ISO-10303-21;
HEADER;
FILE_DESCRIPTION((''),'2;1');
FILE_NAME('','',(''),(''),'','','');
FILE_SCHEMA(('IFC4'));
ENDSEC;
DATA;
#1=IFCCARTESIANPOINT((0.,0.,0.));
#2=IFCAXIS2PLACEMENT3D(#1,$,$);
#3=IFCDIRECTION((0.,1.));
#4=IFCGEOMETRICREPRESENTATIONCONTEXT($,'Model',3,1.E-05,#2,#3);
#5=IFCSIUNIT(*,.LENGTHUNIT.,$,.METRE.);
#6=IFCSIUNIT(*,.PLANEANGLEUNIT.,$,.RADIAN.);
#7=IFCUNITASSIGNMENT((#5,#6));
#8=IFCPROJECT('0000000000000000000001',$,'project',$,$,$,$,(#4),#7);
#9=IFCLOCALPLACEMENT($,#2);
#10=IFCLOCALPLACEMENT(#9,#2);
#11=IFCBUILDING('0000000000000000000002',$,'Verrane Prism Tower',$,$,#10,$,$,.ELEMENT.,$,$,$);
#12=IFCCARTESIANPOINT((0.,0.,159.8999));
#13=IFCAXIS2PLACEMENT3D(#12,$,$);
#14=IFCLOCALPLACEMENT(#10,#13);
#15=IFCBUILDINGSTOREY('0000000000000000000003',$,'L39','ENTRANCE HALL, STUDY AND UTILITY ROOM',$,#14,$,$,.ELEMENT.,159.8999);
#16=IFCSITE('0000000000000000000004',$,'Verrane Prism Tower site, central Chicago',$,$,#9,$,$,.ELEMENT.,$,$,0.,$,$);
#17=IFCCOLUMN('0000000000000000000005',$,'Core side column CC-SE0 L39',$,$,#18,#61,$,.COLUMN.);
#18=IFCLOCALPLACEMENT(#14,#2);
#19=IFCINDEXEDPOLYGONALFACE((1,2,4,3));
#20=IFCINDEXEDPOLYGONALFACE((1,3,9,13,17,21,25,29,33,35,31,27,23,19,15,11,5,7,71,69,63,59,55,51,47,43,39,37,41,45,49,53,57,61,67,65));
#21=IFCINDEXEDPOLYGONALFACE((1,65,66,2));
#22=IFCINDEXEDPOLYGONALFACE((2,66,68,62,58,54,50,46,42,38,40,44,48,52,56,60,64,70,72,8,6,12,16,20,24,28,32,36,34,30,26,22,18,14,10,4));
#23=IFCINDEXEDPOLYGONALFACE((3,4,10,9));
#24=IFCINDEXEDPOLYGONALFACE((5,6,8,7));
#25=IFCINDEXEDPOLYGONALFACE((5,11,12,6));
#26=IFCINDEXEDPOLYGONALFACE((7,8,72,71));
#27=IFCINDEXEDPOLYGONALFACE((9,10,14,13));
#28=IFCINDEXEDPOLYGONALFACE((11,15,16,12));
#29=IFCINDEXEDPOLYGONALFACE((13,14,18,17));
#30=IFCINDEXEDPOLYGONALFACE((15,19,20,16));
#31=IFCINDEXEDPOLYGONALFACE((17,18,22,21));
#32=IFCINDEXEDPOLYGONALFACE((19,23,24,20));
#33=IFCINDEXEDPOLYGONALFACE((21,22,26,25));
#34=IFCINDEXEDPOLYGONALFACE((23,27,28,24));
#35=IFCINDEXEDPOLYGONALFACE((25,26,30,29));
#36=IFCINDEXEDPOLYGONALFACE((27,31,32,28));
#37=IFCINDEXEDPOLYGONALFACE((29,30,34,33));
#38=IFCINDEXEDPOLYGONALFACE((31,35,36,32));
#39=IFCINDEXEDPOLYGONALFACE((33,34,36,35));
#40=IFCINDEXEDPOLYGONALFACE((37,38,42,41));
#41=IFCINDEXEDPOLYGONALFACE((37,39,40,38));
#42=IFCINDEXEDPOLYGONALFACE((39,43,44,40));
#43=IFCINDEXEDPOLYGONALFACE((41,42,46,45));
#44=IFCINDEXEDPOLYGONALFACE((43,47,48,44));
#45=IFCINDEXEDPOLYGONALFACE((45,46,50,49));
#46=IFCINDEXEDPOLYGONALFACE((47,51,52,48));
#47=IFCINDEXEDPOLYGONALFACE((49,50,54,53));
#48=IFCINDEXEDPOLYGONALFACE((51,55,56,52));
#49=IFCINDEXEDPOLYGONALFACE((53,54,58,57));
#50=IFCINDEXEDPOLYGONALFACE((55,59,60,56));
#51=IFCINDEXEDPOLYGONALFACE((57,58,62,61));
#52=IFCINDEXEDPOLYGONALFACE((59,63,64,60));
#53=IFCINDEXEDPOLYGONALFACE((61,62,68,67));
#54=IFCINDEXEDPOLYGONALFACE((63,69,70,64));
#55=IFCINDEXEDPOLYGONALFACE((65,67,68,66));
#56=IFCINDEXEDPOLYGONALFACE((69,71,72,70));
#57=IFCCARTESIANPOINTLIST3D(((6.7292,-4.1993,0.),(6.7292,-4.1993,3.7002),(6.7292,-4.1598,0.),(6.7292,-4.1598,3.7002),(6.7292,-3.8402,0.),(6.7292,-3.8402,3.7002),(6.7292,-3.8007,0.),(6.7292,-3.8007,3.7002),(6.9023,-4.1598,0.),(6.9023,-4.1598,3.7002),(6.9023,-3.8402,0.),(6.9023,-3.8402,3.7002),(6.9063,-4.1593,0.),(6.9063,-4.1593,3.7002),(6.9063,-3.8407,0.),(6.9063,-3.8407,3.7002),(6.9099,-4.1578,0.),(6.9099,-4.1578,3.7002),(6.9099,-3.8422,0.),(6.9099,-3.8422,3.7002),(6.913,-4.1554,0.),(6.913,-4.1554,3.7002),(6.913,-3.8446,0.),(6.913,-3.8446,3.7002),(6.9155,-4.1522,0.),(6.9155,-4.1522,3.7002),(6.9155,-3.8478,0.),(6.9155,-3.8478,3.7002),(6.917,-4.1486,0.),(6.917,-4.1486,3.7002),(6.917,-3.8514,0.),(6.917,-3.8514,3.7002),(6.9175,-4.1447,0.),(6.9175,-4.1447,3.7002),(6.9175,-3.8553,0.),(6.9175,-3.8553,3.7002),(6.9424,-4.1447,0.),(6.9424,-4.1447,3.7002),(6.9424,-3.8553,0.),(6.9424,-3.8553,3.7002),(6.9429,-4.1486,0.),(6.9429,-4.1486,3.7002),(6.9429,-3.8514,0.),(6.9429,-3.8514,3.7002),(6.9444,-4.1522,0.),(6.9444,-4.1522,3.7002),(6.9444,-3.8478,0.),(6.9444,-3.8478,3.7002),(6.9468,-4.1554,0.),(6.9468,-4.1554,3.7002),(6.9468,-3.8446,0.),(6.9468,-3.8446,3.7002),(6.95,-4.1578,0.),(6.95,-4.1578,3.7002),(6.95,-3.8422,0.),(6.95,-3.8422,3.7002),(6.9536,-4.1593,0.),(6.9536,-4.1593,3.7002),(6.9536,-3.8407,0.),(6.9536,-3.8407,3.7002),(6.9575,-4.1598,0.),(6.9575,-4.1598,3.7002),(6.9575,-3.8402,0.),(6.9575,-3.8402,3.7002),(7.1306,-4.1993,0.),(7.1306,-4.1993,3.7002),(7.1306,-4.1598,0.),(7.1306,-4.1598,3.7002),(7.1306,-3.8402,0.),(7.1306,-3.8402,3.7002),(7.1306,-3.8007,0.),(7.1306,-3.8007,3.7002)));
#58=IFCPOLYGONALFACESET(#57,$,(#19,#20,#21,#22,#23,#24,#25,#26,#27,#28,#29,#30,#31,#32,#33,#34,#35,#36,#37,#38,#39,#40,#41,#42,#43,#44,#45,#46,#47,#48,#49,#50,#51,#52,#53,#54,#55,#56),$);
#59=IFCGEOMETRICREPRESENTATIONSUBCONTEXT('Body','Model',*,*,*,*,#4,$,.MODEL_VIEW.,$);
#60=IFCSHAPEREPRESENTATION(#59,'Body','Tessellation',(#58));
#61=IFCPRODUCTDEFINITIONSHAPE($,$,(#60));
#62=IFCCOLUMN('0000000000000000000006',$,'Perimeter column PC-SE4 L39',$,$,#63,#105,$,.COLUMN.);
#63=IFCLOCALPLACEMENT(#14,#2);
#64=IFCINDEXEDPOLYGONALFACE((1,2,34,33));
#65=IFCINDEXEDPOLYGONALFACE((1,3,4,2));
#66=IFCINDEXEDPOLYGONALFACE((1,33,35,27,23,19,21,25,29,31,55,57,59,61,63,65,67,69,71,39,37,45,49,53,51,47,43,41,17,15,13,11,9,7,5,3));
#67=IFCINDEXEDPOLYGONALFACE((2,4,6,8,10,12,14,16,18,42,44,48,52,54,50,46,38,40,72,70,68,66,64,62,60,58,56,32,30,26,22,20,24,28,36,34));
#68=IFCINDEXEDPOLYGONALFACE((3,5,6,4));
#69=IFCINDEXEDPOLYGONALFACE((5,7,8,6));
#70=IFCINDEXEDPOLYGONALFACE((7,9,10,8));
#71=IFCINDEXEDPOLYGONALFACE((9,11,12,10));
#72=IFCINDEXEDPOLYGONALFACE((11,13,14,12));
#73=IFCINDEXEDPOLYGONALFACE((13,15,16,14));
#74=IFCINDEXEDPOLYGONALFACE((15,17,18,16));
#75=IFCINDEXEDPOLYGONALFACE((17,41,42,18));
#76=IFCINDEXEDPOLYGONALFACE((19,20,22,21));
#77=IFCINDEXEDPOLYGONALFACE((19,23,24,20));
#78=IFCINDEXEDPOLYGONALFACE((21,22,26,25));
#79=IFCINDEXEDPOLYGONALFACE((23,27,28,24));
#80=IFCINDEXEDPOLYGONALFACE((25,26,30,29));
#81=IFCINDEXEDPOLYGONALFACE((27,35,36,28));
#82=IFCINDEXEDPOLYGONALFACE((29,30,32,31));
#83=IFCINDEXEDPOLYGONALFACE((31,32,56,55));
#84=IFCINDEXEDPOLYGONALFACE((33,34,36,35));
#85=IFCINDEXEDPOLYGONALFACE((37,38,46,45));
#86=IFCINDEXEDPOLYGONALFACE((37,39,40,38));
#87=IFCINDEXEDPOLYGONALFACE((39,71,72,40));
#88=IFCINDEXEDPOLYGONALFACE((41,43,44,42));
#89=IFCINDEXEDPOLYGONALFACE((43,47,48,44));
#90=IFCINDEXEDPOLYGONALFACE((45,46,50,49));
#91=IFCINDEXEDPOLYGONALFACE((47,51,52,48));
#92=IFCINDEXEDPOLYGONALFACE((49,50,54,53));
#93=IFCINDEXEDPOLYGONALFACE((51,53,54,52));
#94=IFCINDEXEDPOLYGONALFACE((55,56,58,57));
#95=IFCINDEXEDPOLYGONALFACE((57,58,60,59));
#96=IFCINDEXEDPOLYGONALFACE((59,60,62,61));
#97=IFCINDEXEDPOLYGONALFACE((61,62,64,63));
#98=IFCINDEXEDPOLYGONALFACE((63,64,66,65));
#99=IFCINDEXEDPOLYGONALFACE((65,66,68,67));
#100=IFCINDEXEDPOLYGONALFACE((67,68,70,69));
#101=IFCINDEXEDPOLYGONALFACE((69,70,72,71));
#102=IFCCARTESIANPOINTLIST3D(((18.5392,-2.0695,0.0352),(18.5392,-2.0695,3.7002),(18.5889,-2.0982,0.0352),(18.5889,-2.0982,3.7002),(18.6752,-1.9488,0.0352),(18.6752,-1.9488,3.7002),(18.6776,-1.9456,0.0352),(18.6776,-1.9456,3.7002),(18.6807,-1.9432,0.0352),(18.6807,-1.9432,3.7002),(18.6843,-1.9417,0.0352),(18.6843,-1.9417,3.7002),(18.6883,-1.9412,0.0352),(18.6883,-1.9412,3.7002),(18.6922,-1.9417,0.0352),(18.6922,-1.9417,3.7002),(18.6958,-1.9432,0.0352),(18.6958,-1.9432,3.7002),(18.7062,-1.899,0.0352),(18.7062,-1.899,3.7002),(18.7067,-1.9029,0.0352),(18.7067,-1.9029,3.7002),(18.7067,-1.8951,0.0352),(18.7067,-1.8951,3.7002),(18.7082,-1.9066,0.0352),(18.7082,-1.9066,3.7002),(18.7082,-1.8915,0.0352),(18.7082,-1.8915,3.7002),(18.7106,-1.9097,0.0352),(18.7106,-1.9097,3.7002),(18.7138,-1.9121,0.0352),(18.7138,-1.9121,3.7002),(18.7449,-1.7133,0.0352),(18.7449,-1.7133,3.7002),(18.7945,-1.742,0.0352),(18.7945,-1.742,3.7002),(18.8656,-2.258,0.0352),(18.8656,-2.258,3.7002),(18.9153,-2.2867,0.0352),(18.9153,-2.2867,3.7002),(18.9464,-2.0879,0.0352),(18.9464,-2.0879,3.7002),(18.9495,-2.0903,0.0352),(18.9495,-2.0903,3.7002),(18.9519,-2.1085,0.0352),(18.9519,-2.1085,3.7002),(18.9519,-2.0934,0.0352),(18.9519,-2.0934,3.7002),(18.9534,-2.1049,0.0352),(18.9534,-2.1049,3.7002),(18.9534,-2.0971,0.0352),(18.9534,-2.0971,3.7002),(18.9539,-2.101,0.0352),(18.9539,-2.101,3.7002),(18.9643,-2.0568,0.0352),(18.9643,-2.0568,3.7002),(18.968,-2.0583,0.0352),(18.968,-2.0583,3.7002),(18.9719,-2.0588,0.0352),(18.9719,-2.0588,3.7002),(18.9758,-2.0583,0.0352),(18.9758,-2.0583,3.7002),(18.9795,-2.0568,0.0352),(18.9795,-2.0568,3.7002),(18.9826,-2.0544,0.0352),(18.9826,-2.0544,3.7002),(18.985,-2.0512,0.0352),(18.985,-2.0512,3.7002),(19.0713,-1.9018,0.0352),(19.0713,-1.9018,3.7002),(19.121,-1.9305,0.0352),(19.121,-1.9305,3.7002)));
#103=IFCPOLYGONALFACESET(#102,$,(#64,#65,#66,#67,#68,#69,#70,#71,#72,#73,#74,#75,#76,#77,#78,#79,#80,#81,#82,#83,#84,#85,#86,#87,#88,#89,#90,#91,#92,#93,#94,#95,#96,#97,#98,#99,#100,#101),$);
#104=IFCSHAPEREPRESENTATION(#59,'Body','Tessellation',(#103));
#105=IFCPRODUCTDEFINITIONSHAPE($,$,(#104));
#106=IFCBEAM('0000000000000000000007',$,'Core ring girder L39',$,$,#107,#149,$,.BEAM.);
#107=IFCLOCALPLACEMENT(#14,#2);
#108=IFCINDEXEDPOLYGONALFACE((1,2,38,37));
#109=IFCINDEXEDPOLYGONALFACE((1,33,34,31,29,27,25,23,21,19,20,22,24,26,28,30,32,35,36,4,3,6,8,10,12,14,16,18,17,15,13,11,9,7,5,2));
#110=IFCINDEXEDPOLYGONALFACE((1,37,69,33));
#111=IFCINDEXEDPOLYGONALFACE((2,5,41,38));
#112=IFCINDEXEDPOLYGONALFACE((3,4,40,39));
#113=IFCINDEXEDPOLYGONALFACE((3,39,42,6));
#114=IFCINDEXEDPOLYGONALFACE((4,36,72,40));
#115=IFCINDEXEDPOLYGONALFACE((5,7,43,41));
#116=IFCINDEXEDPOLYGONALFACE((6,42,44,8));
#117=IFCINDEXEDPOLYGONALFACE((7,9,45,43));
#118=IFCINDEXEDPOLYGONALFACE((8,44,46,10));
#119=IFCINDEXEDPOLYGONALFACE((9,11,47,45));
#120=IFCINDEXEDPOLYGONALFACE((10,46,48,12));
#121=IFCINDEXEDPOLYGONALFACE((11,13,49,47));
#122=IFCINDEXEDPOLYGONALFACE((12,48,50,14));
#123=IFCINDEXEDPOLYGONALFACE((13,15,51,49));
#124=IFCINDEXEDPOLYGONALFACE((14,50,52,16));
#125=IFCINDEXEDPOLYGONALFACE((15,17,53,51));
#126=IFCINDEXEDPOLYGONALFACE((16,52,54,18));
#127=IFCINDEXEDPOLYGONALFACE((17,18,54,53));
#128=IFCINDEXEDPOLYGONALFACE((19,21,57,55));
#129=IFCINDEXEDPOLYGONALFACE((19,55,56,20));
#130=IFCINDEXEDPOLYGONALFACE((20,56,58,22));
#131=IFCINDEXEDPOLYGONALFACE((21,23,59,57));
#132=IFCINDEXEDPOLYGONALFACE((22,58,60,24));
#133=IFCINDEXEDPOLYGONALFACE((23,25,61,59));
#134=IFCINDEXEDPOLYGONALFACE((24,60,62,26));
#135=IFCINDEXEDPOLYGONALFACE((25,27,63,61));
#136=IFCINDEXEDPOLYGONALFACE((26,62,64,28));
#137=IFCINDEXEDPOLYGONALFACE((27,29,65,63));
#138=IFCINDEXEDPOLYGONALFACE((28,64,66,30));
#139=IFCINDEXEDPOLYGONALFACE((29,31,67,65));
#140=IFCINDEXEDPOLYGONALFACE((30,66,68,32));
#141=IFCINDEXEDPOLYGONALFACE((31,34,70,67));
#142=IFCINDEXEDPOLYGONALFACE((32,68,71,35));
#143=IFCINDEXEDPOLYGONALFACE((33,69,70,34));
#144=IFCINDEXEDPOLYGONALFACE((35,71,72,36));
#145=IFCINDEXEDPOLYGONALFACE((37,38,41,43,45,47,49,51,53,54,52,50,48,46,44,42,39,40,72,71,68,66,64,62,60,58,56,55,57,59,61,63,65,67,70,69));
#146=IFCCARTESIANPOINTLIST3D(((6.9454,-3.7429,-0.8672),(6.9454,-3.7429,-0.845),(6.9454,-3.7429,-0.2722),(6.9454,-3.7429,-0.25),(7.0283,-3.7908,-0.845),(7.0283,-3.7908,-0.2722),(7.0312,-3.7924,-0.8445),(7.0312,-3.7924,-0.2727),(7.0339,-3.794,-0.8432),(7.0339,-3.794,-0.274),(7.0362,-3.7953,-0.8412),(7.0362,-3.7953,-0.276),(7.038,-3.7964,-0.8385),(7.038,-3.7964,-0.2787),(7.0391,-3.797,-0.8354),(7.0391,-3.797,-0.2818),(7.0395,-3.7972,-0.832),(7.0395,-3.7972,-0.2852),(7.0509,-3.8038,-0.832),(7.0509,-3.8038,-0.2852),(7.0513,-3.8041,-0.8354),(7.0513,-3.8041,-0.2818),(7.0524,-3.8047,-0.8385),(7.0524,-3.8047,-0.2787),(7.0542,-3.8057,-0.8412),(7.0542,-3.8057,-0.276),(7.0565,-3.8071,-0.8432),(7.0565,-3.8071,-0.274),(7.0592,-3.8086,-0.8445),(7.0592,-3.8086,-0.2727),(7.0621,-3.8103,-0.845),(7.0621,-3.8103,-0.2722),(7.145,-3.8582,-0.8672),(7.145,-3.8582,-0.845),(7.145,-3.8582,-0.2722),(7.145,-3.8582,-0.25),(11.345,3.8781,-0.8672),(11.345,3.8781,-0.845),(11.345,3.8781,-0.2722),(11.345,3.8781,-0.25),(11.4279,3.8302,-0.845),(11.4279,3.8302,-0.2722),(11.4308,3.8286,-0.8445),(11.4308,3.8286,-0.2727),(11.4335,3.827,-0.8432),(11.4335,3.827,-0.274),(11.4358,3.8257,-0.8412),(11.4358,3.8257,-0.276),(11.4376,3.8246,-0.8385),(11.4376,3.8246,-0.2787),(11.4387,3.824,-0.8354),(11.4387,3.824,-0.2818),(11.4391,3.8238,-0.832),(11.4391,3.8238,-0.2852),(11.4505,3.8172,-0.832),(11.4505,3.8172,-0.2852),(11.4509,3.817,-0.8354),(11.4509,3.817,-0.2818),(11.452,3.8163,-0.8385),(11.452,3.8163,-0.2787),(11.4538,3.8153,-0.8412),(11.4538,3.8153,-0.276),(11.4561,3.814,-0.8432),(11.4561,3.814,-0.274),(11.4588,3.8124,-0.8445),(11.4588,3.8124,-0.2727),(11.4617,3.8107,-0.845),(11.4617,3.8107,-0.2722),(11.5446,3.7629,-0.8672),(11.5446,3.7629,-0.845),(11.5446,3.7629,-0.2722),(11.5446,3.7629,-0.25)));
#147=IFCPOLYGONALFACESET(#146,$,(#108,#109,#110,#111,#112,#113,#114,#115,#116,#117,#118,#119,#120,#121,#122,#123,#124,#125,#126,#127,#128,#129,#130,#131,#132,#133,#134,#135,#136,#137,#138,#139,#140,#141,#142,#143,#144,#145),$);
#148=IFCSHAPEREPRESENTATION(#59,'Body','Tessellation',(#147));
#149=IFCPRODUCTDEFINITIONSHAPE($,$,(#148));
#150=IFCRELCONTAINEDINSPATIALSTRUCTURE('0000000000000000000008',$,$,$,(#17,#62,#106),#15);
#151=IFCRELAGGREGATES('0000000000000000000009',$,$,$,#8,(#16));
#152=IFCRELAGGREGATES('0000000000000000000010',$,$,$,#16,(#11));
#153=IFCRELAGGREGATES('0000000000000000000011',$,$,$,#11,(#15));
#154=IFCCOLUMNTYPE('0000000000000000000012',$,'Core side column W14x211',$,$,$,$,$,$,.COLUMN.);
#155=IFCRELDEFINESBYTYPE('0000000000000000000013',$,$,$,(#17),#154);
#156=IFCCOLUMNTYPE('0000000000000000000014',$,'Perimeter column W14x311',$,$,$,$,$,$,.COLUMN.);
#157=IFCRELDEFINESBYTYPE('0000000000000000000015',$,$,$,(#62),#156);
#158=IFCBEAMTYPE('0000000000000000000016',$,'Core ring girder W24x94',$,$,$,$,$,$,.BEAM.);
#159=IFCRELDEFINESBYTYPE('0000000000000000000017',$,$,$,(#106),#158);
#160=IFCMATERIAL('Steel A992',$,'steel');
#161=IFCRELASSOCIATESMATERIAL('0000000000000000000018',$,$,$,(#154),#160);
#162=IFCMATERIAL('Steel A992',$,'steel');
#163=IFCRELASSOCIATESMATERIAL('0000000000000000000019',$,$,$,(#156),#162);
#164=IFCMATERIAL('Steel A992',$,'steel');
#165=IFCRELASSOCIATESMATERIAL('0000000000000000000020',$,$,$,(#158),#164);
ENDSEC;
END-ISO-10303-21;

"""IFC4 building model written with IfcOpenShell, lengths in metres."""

from ifc_helpers import new_model, si_unit, direction, frame, origin, origin_2d, place, context, subcontext, project, spatial, i_section, extrude, material, material_profile, profile_set, type_object, element, save


model = new_model("IFC4")

# Units and contexts
model_context = context("Model", 3, precision=1e-05, world=origin(), true_north=direction((0.0, 1.0)))
body_context = subcontext(model_context, "Body", "Model", "MODEL_VIEW")
ifc_project = project(units=[si_unit("LENGTHUNIT", "METRE"), si_unit("PLANEANGLEUNIT", "RADIAN")], contexts=[model_context])

# Site, building, storey
site_placement = place(None, origin())
site = spatial("IfcSite", under=ifc_project, at=site_placement, Name="Verrane Prism Tower site, central Chicago", CompositionType="ELEMENT", RefElevation=0.0)
building_placement = place(site_placement, origin())
building = spatial("IfcBuilding", under=site, at=building_placement, Name="Verrane Prism Tower", CompositionType="ELEMENT")
storey_placement = place(building_placement, frame((0.0, 0.0, 159.8999)))
storey = spatial("IfcBuildingStorey", under=building, at=storey_placement, Name="L39", Description="ENTRANCE HALL, STUDY AND UTILITY ROOM", CompositionType="ELEMENT", Elevation=159.8999)

# Columns
ifc_material_1 = material(Name="Steel A992", Category="steel")
ifc_material_profile_1 = material_profile(ifc_material_1, i_section(OverallWidth=0.4014, OverallDepth=0.3987, WebThickness=0.0249, FlangeThickness=0.0396, FilletRadius=0.0151, at=origin_2d()), Name="W14x211")
ifc_profile_set_1 = profile_set([ifc_material_profile_1], Name="Steel A992")
column_type_1 = type_object("IfcColumnType", Name="Core side column W14x211", PredefinedType="COLUMN", material=ifc_profile_set_1)
column_1_placement = place(storey_placement, frame((6.9299, -4.0, 0.0), z_axis=(0.0, 0.0, 1.0), x_axis=(1.0, 0.0, 0.0)))
element("IfcColumn", 1, at=column_1_placement, inside=storey, type_object=column_type_1, Name="Core side column CC-SE0 L39", PredefinedType="COLUMN", context=body_context, shape_type="SweptSolid", body=[
    extrude(i_section(OverallWidth=0.4014, OverallDepth=0.3987, WebThickness=0.0249, FlangeThickness=0.0396, FilletRadius=0.0151, at=origin_2d()), origin(), (0.0, 0.0, 1.0), 3.7002),
])
ifc_material_2 = material(Name="Steel A992", Category="steel")
ifc_material_profile_2 = material_profile(ifc_material_2, i_section(OverallWidth=0.4114, OverallDepth=0.4343, WebThickness=0.0359, FlangeThickness=0.0574, FilletRadius=0.0151, at=origin_2d()), Name="W14x311")
ifc_profile_set_2 = profile_set([ifc_material_profile_2], Name="Steel A992")
column_type_2 = type_object("IfcColumnType", Name="Perimeter column W14x311", PredefinedType="COLUMN", material=ifc_profile_set_2)
column_2_placement = place(storey_placement, frame((18.8301, -2.0, 0.0352), z_axis=(0.0, 0.0, 1.0), x_axis=(-0.5, -0.866025, 0.0)))
element("IfcColumn", 2, at=column_2_placement, inside=storey, type_object=column_type_2, Name="Perimeter column PC-SE4 L39", PredefinedType="COLUMN", context=body_context, shape_type="SweptSolid", body=[
    extrude(i_section(OverallWidth=0.4114, OverallDepth=0.4343, WebThickness=0.0359, FlangeThickness=0.0574, FilletRadius=0.0151, at=origin_2d()), origin(), (0.0, 0.0, 1.0), 3.665),
])

# Beam
ifc_material_3 = material(Name="Steel A992", Category="steel")
ifc_material_profile_3 = material_profile(ifc_material_3, i_section(OverallWidth=0.2305, OverallDepth=0.6172, WebThickness=0.0132, FlangeThickness=0.0222, FilletRadius=0.0129, at=origin_2d()), Name="W24x94")
ifc_profile_set_3 = profile_set([ifc_material_profile_3], Name="Steel A992")
beam_type_1 = type_object("IfcBeamType", Name="Core ring girder W24x94", PredefinedType="BEAM", material=ifc_profile_set_3)
beam_1_placement = place(storey_placement, frame((7.0452, -3.8005, -0.5586), z_axis=(0.499967, 0.866044, 0.0), x_axis=(-0.866044, 0.499967, 0.0)))
element("IfcBeam", 3, at=beam_1_placement, inside=storey, type_object=beam_type_1, Name="Core ring girder L39", PredefinedType="BEAM", context=body_context, shape_type="SweptSolid", body=[
    extrude(i_section(OverallWidth=0.2305, OverallDepth=0.6172, WebThickness=0.0132, FlangeThickness=0.0222, FilletRadius=0.0129, at=origin_2d()), origin(), (0.0, 0.0, 1.0), 8.7998),
])

save(model, "model.ifc")
